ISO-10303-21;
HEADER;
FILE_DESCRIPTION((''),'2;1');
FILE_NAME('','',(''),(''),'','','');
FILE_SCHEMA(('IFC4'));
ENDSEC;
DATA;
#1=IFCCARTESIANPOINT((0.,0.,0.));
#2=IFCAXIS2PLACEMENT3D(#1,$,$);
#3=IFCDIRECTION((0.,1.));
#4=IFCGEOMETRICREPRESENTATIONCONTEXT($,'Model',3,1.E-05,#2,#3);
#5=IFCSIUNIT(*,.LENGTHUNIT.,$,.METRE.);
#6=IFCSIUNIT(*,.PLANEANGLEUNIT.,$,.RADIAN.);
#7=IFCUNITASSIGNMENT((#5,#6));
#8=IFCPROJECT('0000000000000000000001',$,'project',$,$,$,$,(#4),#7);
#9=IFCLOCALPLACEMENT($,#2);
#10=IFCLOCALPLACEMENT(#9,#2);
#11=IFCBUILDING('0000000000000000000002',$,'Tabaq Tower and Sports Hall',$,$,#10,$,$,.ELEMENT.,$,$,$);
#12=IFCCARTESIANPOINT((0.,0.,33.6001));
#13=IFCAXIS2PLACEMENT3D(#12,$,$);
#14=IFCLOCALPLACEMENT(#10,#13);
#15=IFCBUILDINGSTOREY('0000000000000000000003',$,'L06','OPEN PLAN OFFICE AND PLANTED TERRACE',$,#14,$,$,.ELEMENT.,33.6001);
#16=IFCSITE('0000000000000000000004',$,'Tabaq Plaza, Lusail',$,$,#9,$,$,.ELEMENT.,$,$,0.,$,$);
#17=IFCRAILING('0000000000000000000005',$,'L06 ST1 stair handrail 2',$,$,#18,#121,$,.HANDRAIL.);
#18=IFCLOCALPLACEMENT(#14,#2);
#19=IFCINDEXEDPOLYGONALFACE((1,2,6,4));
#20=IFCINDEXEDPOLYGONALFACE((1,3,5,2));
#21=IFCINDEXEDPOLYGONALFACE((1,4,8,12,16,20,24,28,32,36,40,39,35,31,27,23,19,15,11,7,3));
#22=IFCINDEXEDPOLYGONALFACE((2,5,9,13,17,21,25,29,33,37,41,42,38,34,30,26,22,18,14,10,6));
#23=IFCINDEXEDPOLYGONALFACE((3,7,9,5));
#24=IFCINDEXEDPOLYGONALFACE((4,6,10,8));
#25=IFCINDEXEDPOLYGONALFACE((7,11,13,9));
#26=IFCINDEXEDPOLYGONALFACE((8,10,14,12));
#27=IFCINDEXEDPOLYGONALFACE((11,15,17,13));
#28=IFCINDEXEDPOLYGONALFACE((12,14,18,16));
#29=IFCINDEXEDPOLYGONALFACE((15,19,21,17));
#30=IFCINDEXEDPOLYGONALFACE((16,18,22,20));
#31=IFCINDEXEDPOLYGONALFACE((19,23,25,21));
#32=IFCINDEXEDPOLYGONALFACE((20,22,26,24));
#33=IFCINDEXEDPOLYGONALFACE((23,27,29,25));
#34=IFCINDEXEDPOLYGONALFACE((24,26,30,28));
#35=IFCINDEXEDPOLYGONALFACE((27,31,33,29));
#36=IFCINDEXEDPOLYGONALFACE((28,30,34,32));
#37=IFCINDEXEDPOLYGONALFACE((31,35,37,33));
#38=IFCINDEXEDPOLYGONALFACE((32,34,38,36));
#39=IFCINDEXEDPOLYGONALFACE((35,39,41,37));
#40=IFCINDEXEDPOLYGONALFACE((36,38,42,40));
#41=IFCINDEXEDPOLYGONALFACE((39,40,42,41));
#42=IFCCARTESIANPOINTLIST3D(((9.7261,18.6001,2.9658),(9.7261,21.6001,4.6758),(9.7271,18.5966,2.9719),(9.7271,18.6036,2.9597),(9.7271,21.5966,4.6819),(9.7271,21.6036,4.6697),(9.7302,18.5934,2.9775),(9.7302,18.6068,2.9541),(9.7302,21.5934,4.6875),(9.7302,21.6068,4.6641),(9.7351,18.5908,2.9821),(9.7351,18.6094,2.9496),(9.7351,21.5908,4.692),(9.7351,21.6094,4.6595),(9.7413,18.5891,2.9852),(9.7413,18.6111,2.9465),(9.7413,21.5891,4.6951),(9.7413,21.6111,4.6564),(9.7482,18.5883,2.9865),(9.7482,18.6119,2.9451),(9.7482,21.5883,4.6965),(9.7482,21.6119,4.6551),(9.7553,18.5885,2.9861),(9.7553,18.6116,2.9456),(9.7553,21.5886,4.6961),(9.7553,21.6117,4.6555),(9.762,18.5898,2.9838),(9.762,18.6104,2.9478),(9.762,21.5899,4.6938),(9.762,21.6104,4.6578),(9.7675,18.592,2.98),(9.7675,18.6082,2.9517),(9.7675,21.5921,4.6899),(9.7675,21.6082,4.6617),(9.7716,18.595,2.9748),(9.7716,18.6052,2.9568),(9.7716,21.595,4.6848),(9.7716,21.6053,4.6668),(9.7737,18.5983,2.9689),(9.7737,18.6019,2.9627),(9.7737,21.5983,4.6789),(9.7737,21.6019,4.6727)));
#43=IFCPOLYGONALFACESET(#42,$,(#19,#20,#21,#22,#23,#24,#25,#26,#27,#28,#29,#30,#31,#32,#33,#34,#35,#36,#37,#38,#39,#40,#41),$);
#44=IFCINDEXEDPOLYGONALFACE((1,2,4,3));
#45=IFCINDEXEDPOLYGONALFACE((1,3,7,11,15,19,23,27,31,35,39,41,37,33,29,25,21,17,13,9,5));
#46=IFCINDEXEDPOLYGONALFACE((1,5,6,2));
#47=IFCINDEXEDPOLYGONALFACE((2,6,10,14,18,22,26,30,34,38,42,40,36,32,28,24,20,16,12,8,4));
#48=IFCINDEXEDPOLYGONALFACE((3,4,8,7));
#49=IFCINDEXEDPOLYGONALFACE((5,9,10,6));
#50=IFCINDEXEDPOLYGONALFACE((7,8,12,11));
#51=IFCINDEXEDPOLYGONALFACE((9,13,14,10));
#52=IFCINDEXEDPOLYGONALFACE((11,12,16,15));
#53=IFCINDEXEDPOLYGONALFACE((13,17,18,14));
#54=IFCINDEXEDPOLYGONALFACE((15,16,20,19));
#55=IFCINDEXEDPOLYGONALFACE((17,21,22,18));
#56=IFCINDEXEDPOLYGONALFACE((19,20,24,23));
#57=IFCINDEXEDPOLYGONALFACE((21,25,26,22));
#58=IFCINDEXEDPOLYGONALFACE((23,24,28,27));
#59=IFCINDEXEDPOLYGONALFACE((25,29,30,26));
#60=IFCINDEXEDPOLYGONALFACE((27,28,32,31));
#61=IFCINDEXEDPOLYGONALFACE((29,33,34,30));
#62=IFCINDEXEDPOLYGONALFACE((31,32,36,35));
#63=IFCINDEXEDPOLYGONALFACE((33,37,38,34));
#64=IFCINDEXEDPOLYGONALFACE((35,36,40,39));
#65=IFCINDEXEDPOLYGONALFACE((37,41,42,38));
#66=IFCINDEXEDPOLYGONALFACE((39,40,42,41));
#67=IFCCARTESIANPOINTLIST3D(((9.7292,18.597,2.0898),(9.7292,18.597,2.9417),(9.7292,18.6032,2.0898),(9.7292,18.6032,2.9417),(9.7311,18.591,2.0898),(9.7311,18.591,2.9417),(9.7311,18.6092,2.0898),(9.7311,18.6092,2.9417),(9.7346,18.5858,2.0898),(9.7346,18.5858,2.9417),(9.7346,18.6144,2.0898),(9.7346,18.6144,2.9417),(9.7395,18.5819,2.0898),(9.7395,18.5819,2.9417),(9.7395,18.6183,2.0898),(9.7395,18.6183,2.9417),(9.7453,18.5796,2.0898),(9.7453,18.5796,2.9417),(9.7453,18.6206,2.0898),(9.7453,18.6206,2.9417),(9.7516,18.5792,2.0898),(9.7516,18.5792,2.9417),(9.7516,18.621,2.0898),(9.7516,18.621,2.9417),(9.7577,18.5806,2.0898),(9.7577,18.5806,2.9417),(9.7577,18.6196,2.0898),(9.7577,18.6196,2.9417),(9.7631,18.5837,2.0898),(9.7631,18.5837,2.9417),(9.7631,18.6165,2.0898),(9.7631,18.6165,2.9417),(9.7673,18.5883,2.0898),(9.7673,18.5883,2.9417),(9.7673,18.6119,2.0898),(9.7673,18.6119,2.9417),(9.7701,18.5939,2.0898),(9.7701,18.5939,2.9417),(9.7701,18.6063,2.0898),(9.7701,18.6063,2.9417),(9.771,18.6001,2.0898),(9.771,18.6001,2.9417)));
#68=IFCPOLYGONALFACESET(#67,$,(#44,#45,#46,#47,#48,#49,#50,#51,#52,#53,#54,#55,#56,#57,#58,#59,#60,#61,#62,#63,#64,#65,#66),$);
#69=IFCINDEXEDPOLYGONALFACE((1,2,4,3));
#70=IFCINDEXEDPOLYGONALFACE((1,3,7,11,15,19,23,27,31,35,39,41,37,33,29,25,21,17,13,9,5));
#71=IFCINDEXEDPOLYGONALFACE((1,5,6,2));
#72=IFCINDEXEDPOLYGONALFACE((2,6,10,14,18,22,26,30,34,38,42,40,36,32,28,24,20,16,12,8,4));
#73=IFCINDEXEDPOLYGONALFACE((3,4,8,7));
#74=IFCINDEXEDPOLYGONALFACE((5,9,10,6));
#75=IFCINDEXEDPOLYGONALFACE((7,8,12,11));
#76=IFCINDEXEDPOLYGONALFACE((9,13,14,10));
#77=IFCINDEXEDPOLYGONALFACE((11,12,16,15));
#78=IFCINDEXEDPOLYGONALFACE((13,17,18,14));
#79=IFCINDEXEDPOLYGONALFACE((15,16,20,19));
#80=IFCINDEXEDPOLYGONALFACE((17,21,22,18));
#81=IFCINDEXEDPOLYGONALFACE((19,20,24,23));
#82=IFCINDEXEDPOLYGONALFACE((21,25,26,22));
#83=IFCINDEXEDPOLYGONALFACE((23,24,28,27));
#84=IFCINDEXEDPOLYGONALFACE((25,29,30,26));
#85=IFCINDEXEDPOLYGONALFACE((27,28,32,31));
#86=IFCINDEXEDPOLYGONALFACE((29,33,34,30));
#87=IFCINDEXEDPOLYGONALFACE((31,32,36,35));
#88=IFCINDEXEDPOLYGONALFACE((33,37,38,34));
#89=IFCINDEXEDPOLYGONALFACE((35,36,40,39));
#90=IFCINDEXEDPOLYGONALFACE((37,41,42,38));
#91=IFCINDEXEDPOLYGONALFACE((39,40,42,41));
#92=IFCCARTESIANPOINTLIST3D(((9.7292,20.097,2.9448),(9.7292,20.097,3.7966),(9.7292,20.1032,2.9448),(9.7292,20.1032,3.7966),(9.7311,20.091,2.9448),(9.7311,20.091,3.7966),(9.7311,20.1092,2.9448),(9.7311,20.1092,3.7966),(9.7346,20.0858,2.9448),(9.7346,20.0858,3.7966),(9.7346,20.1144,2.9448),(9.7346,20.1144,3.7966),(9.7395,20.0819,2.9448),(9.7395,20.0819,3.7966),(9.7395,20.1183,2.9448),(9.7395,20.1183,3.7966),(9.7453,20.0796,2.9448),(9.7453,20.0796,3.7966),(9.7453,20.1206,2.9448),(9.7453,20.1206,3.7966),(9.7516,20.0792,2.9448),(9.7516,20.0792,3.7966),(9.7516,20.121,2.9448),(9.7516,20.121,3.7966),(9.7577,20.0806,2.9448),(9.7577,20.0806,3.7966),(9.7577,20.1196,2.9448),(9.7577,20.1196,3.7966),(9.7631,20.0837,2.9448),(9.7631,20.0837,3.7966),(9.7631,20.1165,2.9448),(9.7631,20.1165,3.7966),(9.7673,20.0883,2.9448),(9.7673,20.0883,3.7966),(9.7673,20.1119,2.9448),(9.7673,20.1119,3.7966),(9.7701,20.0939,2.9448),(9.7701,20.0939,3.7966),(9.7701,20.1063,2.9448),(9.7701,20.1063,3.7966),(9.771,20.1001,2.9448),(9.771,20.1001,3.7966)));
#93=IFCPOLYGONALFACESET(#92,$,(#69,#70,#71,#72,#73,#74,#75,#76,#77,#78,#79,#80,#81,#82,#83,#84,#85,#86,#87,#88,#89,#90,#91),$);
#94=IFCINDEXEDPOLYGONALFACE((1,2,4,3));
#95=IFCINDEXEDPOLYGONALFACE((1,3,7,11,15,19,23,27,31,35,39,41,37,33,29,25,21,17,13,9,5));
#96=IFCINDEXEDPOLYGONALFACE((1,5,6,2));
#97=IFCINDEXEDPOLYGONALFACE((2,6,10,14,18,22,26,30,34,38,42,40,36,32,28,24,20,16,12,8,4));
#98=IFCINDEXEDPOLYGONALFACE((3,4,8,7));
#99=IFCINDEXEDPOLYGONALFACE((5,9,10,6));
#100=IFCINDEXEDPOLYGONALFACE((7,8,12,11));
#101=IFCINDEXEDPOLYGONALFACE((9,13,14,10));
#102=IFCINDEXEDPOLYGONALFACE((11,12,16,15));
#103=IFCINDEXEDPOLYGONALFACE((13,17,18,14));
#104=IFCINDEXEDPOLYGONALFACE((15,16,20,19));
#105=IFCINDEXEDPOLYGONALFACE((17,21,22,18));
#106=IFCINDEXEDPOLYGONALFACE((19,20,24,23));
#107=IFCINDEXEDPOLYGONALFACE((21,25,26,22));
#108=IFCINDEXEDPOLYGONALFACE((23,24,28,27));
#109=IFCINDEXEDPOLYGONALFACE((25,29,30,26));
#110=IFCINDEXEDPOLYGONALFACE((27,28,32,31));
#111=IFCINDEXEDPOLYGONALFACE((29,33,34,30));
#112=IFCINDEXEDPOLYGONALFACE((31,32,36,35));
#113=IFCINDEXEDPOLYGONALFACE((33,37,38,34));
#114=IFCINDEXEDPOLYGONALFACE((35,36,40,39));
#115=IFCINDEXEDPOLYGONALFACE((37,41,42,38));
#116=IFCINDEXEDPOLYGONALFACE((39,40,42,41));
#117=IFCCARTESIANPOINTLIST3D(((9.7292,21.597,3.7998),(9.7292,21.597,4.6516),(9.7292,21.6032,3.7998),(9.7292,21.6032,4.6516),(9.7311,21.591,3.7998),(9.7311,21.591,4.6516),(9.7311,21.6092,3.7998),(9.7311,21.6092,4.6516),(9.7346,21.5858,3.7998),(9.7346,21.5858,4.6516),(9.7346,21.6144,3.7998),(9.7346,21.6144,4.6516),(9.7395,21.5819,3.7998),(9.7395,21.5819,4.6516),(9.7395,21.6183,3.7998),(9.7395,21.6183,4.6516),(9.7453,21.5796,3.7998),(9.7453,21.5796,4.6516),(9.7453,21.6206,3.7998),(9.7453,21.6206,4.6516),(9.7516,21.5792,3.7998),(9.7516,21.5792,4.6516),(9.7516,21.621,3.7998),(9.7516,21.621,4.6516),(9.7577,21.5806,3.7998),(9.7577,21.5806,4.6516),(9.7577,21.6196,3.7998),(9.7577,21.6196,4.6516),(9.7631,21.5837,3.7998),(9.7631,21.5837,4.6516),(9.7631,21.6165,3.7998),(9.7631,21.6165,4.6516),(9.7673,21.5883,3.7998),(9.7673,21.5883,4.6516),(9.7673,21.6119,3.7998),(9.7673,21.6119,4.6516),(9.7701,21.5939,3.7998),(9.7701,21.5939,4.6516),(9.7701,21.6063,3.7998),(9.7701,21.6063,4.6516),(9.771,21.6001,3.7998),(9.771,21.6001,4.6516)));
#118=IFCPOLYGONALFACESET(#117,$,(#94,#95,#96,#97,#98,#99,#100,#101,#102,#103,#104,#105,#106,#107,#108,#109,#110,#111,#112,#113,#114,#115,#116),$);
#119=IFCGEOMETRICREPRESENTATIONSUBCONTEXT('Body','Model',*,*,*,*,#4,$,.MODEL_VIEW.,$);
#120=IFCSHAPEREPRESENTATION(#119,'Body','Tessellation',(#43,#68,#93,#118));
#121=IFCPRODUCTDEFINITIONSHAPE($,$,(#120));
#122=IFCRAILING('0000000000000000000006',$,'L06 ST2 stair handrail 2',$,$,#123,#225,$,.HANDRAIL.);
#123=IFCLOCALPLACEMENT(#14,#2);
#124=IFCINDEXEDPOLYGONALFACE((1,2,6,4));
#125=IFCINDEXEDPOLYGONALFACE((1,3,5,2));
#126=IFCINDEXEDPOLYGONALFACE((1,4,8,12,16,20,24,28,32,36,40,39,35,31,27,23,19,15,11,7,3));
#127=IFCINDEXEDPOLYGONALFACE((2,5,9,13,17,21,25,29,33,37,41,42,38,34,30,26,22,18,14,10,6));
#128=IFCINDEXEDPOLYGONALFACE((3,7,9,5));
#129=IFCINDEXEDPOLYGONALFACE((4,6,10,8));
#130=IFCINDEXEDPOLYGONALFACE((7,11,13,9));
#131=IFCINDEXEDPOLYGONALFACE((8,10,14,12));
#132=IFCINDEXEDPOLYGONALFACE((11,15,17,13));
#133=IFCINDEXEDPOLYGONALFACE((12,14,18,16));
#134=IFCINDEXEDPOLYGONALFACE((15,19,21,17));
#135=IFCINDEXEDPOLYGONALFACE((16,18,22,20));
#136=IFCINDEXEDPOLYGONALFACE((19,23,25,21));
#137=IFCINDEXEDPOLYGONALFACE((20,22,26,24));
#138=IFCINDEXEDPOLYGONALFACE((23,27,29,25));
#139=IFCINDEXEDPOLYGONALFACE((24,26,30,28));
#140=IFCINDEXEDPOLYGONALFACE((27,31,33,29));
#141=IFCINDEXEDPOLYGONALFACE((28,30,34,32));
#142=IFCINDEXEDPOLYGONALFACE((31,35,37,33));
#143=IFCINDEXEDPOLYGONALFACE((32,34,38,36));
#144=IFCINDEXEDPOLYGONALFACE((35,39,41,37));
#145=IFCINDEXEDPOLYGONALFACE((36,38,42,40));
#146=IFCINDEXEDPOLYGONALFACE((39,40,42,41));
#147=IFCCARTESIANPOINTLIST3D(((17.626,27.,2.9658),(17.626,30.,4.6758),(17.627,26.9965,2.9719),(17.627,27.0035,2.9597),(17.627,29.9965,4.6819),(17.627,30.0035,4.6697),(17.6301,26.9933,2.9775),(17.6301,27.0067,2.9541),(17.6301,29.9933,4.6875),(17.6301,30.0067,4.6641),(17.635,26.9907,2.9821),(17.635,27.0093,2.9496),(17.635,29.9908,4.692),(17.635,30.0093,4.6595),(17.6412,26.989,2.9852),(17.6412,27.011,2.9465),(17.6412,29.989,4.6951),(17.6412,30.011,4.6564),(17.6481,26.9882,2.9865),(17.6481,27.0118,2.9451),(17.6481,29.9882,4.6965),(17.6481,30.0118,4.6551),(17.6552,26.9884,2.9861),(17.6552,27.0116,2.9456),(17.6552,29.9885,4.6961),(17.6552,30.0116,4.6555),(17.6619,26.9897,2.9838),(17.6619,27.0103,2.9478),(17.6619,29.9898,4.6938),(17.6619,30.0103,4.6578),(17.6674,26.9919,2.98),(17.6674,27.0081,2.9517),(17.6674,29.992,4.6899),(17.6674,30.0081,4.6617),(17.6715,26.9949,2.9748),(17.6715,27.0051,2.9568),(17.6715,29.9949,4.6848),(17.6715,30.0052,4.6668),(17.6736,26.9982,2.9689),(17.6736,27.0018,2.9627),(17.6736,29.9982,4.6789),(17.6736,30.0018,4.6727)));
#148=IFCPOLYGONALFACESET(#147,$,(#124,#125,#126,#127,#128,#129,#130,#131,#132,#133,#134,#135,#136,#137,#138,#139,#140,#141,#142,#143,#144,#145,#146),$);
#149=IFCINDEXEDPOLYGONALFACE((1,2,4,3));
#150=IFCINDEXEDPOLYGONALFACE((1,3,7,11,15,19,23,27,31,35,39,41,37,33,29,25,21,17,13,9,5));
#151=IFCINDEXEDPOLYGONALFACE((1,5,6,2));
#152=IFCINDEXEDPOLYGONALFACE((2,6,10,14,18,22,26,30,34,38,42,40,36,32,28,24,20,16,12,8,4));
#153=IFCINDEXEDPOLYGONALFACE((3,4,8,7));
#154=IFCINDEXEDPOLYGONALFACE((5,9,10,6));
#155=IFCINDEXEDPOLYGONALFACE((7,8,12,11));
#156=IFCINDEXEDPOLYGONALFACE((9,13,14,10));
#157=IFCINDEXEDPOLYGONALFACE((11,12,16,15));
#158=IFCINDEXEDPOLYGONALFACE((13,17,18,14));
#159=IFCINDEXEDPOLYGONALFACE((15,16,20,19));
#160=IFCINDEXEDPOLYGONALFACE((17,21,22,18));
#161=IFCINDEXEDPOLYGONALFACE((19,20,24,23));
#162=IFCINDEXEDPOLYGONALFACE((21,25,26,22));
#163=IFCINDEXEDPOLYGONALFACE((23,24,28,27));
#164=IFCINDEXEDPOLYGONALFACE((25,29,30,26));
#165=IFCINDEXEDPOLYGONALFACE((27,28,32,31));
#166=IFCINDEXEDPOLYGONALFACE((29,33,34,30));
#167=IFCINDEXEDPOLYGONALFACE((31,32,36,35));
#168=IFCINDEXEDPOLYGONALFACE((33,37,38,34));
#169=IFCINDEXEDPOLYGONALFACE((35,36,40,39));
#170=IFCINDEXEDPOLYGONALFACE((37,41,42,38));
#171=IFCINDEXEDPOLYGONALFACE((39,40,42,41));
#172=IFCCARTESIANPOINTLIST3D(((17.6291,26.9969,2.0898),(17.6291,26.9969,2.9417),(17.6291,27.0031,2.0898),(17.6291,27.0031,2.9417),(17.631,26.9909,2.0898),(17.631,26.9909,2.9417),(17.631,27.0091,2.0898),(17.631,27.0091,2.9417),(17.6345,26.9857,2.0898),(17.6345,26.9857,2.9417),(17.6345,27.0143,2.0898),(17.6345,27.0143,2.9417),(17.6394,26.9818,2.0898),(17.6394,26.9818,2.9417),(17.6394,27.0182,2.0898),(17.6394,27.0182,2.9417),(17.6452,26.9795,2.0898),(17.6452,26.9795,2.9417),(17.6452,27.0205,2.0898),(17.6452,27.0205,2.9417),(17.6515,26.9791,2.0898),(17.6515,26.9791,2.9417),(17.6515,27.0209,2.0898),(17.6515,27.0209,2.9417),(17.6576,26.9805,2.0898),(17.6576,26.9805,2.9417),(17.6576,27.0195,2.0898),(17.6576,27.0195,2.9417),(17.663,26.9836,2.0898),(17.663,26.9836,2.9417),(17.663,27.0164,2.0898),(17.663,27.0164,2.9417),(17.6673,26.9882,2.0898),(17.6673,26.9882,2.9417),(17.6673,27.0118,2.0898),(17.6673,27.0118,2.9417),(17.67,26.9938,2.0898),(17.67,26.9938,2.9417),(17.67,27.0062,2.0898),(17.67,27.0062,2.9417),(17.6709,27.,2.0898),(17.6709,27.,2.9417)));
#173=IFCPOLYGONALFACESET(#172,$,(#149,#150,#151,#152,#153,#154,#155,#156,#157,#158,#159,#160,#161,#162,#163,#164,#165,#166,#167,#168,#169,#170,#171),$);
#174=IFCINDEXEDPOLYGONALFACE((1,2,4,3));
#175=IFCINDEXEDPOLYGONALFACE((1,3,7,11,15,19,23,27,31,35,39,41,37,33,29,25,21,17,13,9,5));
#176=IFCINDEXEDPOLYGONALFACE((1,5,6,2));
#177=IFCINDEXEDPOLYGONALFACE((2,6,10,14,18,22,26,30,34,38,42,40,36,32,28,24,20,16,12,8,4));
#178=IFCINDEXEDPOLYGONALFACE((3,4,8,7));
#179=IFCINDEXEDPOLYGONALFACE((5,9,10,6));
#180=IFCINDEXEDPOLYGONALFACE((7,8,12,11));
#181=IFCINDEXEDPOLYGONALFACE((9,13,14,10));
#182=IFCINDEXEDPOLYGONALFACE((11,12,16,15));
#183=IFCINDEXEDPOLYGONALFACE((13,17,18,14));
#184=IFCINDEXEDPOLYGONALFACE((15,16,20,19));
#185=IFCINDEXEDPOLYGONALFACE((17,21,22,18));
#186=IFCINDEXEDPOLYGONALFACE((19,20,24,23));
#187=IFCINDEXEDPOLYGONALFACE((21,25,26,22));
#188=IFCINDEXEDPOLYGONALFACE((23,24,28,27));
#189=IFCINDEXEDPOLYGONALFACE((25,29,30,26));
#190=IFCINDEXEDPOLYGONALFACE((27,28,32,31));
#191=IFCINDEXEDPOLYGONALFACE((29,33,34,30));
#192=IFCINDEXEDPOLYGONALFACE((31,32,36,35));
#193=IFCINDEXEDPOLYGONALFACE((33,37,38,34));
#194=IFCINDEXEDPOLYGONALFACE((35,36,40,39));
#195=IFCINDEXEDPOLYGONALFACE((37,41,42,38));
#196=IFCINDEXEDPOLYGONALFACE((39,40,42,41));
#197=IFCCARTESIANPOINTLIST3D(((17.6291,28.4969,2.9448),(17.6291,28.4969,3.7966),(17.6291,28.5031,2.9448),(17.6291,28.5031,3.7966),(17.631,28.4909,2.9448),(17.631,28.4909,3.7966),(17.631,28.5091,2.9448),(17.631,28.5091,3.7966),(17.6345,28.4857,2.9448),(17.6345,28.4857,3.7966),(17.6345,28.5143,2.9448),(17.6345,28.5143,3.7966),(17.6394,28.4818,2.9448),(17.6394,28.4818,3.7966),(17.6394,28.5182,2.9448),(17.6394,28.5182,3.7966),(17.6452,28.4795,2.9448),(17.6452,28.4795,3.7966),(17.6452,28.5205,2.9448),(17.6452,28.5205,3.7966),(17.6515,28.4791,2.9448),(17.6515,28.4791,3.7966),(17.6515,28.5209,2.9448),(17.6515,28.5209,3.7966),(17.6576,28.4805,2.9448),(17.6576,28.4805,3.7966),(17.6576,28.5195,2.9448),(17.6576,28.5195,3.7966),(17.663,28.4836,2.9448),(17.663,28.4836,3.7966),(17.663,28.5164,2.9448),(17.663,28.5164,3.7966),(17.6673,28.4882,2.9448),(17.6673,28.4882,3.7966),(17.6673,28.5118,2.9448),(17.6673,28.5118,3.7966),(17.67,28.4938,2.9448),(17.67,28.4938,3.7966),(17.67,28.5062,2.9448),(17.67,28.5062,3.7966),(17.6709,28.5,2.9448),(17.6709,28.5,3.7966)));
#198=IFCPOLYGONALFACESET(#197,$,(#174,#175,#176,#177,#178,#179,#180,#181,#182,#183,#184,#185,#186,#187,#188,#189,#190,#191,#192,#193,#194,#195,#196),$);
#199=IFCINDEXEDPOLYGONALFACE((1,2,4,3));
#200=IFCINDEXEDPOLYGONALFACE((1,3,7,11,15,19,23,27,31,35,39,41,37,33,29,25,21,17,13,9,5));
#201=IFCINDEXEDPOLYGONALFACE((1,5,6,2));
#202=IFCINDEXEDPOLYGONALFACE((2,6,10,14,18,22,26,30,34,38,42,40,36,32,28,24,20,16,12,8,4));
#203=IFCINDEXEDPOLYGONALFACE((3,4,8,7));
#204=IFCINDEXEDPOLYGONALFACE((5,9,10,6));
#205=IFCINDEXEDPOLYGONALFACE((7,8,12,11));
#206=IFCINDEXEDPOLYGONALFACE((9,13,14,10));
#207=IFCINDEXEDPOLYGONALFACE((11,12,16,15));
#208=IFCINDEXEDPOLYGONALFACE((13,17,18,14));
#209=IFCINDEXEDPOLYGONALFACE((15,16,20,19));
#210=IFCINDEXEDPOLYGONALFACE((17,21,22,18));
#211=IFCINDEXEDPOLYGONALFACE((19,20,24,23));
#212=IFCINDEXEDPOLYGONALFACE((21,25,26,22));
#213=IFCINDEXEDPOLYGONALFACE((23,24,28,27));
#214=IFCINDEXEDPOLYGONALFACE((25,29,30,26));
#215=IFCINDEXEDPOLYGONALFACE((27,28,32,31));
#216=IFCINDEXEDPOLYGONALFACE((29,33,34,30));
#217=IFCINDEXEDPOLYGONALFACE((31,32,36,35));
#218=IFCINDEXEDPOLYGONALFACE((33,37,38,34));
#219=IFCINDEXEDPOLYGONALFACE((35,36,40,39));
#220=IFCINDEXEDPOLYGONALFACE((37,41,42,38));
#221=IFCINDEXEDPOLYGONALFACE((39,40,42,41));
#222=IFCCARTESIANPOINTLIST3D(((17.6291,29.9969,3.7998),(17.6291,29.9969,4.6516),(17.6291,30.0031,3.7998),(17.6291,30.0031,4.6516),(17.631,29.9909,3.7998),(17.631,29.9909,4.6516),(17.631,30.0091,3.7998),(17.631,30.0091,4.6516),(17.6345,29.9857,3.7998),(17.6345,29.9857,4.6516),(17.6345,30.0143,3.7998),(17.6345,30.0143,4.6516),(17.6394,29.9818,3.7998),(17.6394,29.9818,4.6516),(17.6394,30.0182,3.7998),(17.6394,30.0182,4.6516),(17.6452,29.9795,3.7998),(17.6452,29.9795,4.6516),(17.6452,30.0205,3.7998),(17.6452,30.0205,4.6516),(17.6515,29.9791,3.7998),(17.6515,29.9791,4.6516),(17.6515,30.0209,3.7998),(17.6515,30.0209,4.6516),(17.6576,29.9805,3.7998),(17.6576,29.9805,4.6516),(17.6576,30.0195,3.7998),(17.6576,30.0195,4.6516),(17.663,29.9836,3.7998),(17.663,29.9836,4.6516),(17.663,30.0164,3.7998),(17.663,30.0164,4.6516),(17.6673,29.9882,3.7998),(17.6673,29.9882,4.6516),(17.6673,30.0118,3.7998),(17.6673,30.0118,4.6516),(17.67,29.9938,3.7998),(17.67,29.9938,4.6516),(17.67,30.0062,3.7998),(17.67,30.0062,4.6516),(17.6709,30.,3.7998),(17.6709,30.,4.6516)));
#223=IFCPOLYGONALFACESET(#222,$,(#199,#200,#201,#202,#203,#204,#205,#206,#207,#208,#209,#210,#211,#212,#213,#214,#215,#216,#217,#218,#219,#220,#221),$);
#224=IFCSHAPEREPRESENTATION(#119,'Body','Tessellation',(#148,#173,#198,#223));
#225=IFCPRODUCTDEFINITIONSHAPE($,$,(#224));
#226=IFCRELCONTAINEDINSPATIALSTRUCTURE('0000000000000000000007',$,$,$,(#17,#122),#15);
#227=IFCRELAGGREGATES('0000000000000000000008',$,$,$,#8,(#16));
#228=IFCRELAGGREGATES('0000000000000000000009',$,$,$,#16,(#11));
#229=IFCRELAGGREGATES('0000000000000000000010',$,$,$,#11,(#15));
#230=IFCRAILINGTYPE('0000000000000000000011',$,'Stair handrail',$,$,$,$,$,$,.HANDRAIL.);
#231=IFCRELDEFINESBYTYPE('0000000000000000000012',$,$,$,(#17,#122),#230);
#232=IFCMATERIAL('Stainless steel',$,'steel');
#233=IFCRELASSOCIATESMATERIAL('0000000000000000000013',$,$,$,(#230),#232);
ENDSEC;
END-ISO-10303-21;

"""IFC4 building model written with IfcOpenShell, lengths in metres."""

from ifc_helpers import new_model, si_unit, direction, frame, origin, origin_2d, place, context, subcontext, project, spatial, circle, extrude, material, type_object, element, save


model = new_model("IFC4")

# Units and contexts
model_context = context("Model", 3, precision=1e-05, world=origin(), true_north=direction((0.0, 1.0)))
body_context = subcontext(model_context, "Body", "Model", "MODEL_VIEW")
ifc_project = project(units=[si_unit("LENGTHUNIT", "METRE"), si_unit("PLANEANGLEUNIT", "RADIAN")], contexts=[model_context])

# Site, building, storey
site_placement = place(None, origin())
site = spatial("IfcSite", under=ifc_project, at=site_placement, Name="Tabaq Plaza, Lusail", CompositionType="ELEMENT", RefElevation=0.0)
building_placement = place(site_placement, origin())
building = spatial("IfcBuilding", under=site, at=building_placement, Name="Tabaq Tower and Sports Hall", CompositionType="ELEMENT")
storey_placement = place(building_placement, frame((0.0, 0.0, 33.6001)))
storey = spatial("IfcBuildingStorey", under=building, at=storey_placement, Name="L06", Description="OPEN PLAN OFFICE AND PLANTED TERRACE", CompositionType="ELEMENT", Elevation=33.6001)

# Railings
ifc_material_1 = material(Name="Stainless steel", Category="steel")
railing_type_1 = type_object("IfcRailingType", Name="Stair handrail", PredefinedType="HANDRAIL", material=ifc_material_1)
for number, where, name in (
    (1, (9.75, 18.6001, 2.0898), "L06 ST1 stair handrail 2"),
    (2, (17.6499, 27.0, 2.0898), "L06 ST2 stair handrail 2"),
):
    element("IfcRailing", number, at=place(storey_placement, frame(where)), inside=storey, type_object=railing_type_1, Name=name, PredefinedType="HANDRAIL", context=body_context, shape_type="SweptSolid", body=[
        extrude(circle(Radius=0.0239, at=origin_2d()), frame((0.0, 0.0, 0.876), z_axis=(0.0, 0.868782, 0.495195), x_axis=(-1.0, 0.0, 0.0)), (0.0, 0.0, 1.0), 3.4531),
        extrude(circle(Radius=0.021, at=origin_2d()), origin(), (0.0, 0.0, 1.0), 0.8518),
        extrude(circle(Radius=0.021, at=origin_2d()), frame((0.0, 1.5, 0.855)), (0.0, 0.0, 1.0), 0.8518),
        extrude(circle(Radius=0.021, at=origin_2d()), frame((0.0, 3.0, 1.71)), (0.0, 0.0, 1.0), 0.8518),
    ])

save(model, "model.ifc")
